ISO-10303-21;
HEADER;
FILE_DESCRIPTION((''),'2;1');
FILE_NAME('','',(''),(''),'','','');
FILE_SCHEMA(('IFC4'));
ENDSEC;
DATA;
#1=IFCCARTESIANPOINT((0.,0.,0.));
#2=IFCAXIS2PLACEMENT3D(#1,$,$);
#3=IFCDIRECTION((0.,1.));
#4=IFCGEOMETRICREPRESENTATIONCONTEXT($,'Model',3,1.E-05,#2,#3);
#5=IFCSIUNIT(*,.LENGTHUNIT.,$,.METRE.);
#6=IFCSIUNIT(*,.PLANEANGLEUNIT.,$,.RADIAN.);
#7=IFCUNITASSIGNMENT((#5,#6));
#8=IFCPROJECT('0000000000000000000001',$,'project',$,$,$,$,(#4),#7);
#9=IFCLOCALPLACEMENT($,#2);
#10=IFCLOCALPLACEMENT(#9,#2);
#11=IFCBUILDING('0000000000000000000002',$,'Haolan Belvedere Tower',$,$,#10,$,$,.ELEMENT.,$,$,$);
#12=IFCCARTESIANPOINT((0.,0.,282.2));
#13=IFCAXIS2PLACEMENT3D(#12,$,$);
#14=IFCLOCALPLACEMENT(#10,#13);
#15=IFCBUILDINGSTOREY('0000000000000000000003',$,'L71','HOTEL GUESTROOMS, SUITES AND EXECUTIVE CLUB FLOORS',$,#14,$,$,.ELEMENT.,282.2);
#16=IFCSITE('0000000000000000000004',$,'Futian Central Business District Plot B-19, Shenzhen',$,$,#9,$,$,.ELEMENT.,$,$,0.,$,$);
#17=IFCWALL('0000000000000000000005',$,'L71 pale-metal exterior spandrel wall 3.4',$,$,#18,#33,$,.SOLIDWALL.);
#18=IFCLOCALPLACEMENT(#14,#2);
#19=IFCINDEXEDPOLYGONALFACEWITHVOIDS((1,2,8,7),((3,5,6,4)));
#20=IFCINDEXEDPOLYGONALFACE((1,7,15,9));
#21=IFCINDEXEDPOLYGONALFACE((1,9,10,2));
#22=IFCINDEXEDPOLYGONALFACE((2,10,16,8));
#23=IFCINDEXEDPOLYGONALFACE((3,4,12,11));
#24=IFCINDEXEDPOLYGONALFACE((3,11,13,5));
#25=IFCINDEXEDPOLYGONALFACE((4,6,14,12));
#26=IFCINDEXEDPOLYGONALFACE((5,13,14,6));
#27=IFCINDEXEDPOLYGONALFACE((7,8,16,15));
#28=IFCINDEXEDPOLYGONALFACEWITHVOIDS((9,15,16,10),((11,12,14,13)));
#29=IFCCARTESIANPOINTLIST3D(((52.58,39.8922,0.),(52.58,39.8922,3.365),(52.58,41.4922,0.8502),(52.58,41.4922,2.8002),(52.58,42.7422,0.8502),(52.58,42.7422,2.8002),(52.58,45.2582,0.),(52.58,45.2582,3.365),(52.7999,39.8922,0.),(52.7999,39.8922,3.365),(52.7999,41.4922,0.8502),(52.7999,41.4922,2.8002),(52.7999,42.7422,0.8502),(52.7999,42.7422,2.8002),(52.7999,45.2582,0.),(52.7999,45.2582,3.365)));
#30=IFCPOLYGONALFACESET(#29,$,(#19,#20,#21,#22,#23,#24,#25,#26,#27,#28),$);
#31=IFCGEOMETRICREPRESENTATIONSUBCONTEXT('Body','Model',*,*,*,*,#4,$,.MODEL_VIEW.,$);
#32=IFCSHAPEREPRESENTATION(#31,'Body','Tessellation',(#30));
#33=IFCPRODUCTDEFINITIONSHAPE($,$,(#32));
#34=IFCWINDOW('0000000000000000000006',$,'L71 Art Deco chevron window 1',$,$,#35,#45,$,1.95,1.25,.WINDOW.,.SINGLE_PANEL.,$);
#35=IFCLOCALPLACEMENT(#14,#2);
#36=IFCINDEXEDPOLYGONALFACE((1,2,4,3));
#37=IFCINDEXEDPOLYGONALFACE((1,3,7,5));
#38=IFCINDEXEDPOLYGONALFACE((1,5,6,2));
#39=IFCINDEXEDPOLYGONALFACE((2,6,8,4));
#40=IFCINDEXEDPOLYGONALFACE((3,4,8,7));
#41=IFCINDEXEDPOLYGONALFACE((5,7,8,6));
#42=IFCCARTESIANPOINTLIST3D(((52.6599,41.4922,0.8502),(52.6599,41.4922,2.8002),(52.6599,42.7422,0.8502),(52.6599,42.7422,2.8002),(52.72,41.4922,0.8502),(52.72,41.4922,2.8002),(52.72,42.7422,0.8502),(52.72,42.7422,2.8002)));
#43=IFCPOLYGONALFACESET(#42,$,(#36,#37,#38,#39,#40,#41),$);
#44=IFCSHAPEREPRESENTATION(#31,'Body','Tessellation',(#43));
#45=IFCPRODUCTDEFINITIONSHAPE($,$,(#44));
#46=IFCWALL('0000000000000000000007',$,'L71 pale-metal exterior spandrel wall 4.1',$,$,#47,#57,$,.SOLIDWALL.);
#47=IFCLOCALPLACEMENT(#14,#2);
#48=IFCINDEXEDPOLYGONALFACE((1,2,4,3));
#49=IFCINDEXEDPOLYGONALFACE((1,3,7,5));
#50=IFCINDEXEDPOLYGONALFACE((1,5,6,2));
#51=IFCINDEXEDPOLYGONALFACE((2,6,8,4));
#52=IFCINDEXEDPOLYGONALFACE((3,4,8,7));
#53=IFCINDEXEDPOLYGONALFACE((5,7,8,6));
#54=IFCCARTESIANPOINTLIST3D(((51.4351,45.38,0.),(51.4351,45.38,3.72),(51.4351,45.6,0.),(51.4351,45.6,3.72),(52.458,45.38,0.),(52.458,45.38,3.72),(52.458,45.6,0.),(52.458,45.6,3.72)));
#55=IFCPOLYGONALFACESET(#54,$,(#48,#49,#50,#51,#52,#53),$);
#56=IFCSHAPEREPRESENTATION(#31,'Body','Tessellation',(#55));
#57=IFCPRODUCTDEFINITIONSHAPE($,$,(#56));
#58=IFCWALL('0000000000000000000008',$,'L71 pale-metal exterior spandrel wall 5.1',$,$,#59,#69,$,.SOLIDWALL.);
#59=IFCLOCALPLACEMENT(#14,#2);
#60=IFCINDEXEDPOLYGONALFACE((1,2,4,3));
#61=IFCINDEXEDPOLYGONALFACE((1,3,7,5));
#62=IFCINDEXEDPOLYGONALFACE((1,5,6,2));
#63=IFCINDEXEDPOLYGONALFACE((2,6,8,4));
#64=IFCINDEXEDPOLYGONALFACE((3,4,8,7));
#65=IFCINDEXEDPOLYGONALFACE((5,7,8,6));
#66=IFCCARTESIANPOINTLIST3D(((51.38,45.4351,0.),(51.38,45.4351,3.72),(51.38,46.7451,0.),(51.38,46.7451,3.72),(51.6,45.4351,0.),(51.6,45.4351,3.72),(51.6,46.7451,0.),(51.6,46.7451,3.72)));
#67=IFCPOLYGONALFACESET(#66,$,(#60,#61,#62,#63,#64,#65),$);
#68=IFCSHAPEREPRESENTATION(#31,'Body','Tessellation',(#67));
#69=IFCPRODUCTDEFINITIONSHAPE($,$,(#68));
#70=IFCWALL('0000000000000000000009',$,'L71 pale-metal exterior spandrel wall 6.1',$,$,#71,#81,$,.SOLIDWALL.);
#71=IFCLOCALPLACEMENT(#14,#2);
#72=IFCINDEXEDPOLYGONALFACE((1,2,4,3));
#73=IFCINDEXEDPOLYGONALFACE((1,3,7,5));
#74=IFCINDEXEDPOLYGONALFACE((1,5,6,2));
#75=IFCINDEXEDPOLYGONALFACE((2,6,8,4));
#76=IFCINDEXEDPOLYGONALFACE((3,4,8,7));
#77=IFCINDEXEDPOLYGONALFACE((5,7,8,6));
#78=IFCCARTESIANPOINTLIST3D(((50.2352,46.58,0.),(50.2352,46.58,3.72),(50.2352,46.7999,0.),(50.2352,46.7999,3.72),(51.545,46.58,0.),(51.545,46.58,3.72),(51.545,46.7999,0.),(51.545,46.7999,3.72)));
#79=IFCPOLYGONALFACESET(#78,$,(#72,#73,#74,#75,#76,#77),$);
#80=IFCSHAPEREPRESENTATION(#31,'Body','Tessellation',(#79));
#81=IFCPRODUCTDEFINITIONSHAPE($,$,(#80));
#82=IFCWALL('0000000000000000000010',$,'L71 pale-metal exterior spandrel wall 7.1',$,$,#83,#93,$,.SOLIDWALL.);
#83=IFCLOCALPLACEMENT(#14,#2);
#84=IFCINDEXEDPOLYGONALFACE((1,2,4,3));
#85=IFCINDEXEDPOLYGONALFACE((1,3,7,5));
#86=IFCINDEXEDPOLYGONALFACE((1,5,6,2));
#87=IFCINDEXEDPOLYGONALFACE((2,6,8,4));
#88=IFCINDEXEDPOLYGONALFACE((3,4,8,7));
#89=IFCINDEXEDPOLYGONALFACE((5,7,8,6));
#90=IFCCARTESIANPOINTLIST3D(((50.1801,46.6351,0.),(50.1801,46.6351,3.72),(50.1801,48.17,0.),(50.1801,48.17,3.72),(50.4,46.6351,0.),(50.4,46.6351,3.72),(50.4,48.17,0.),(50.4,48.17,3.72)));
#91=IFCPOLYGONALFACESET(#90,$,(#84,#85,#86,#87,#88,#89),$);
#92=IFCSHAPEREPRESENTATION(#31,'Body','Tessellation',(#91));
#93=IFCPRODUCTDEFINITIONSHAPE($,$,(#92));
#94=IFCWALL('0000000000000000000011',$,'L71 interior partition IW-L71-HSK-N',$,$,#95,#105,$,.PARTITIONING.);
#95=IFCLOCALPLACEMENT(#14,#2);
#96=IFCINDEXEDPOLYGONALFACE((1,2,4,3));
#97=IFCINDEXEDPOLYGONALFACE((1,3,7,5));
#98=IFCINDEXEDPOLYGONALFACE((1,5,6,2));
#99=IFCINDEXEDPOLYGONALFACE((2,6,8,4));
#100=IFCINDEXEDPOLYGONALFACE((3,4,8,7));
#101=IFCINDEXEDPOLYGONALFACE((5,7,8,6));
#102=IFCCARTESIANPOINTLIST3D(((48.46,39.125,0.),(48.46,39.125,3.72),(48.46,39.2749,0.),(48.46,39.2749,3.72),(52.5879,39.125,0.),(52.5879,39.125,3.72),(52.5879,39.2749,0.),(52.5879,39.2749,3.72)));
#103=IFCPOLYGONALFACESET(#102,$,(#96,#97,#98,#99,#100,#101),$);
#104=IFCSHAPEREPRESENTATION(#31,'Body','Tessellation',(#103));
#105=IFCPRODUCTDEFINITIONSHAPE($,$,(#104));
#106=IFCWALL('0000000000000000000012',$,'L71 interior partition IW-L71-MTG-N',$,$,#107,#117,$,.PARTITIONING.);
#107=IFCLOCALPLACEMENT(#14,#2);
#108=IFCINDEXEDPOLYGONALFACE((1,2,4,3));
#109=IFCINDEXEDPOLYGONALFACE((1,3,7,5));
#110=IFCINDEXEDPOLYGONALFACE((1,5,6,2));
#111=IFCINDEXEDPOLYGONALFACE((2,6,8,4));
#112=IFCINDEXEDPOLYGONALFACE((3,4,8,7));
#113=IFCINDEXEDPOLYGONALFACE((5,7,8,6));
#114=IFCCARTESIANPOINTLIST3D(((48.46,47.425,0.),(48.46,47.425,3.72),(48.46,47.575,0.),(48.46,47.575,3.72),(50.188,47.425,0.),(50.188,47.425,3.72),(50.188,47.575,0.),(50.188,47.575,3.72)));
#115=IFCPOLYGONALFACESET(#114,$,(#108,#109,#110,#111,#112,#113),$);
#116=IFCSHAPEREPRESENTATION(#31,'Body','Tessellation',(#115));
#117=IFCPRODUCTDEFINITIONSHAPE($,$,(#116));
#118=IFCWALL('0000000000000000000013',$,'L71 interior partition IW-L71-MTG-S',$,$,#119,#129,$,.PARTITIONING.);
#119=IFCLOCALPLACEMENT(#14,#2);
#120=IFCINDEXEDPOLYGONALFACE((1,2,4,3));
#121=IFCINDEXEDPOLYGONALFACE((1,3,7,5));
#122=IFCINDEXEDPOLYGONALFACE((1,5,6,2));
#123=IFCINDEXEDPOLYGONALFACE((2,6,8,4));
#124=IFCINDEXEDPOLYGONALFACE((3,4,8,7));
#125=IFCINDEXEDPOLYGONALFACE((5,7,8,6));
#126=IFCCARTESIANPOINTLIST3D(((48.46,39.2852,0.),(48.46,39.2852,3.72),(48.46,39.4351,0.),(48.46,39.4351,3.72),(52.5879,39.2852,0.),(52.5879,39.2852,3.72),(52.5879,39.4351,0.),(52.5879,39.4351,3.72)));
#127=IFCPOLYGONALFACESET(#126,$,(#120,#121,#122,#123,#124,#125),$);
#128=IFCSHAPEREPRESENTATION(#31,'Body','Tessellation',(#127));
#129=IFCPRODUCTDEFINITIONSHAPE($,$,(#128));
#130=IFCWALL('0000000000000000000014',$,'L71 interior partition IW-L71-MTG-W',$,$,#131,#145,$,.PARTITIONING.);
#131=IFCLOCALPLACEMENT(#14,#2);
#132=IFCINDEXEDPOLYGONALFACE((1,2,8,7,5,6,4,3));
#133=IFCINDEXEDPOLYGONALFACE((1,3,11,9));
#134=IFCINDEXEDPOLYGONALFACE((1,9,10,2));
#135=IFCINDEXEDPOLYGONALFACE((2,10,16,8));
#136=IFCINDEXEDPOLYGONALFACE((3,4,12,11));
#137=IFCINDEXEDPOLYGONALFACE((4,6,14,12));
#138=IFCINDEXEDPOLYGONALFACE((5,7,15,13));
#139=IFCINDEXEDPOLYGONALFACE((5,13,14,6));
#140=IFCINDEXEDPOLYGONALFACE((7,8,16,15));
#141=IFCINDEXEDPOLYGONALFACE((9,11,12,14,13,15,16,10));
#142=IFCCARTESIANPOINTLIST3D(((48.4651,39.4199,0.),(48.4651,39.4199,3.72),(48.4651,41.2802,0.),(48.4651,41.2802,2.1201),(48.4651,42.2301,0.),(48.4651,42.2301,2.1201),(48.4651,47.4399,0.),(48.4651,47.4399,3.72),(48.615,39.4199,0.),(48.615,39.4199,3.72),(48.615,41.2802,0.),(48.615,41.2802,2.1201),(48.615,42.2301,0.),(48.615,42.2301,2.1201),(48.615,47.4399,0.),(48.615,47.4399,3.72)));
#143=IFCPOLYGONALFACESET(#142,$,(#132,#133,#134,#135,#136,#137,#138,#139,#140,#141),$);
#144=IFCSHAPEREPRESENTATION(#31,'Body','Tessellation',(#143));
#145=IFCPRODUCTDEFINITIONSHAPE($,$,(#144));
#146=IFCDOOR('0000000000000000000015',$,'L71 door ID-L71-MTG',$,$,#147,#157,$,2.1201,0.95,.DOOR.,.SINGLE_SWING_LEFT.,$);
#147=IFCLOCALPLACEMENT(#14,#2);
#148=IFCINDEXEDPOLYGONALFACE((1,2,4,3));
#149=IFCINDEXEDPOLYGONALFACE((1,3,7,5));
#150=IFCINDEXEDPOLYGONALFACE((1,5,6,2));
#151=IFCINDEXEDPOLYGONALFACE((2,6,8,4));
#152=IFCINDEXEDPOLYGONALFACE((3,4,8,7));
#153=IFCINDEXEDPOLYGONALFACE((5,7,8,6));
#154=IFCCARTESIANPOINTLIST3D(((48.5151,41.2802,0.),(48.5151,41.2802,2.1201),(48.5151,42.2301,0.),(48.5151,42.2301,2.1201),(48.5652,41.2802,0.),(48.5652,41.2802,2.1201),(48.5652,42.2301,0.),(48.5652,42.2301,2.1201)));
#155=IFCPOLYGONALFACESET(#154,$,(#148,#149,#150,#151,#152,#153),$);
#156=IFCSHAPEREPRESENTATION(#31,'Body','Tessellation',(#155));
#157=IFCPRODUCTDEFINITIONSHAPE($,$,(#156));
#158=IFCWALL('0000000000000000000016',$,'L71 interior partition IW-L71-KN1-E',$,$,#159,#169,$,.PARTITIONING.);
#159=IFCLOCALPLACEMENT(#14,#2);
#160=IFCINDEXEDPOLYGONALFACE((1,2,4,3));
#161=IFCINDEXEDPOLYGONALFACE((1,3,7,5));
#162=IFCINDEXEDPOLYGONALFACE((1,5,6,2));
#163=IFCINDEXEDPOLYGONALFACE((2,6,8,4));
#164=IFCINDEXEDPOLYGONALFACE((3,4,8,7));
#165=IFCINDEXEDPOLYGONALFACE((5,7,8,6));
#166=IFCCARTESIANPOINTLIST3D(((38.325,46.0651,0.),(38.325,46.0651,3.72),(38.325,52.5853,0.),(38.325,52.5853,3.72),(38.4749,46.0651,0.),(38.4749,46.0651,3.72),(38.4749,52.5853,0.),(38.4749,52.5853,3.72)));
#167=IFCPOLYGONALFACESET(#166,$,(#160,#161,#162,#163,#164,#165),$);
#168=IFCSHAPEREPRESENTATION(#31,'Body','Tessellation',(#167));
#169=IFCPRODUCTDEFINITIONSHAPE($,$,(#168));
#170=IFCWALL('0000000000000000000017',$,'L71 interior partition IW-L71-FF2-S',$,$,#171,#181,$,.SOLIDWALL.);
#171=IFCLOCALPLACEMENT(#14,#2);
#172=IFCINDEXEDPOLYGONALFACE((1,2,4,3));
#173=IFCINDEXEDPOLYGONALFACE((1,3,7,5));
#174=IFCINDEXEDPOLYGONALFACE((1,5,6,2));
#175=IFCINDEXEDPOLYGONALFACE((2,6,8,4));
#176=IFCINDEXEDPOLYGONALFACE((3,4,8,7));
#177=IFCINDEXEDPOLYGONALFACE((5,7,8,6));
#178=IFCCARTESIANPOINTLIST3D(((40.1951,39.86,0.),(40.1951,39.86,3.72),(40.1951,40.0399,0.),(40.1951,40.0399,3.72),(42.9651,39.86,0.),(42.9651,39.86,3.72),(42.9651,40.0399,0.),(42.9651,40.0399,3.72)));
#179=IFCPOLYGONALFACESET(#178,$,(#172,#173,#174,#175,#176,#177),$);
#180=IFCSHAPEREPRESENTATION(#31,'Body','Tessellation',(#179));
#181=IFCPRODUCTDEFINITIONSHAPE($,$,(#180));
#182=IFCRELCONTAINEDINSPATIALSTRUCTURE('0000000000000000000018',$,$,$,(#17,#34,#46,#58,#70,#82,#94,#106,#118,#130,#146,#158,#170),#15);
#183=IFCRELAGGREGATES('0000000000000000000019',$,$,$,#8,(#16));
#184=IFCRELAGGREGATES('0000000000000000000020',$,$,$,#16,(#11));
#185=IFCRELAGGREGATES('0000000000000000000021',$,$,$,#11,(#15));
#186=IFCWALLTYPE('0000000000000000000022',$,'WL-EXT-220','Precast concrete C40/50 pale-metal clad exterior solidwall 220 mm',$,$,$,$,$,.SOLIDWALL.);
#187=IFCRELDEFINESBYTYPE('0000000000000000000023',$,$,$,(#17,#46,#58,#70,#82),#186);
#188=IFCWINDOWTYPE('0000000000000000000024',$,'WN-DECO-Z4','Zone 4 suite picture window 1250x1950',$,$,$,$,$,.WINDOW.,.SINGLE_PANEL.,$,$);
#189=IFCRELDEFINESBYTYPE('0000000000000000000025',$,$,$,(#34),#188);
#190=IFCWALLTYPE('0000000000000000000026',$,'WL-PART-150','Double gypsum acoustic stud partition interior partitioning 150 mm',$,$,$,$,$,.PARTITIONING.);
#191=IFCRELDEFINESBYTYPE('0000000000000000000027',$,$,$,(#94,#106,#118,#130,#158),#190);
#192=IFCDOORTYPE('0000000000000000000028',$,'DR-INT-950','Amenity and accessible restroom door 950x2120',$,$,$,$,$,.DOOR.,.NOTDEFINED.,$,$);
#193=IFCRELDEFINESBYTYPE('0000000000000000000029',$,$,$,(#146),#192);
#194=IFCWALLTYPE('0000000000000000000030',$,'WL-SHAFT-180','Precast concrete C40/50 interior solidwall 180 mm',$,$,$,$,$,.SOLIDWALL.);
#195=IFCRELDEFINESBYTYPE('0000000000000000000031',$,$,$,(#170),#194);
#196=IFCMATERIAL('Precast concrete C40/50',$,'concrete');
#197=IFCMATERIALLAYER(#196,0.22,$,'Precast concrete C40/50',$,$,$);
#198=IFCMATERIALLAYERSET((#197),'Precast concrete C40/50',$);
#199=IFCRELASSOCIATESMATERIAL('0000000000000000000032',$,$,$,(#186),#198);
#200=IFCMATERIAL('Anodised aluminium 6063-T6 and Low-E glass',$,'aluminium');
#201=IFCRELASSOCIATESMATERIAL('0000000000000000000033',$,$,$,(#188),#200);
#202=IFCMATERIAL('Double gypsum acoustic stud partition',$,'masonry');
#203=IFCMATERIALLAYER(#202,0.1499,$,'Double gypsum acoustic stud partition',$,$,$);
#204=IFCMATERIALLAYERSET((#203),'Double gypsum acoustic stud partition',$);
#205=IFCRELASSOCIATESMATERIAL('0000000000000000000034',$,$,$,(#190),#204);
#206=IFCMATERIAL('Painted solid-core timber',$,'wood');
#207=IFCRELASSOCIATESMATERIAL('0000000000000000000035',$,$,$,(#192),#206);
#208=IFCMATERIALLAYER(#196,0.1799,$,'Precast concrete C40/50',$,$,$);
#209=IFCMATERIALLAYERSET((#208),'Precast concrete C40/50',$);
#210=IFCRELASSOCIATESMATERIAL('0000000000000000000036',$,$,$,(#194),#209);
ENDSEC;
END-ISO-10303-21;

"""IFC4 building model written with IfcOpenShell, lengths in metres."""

from ifc_helpers import new_model, si_unit, direction, frame, frame_2d, origin, place, context, subcontext, project, spatial, rectangle, extrude, material, layer, layer_set, type_object, element, fill, save


model = new_model("IFC4")

# Units and contexts
model_context = context("Model", 3, precision=1e-05, world=origin(), true_north=direction((0.0, 1.0)))
body_context = subcontext(model_context, "Body", "Model", "MODEL_VIEW")
ifc_project = project(units=[si_unit("LENGTHUNIT", "METRE"), si_unit("PLANEANGLEUNIT", "RADIAN")], contexts=[model_context])

# Site, building, storey
site_placement = place(None, origin())
site = spatial("IfcSite", under=ifc_project, at=site_placement, Name="Futian Central Business District Plot B-19, Shenzhen", CompositionType="ELEMENT", RefElevation=0.0)
building_placement = place(site_placement, origin())
building = spatial("IfcBuilding", under=site, at=building_placement, Name="Haolan Belvedere Tower", CompositionType="ELEMENT")
storey_placement = place(building_placement, frame((0.0, 0.0, 282.2)))
storey = spatial("IfcBuildingStorey", under=building, at=storey_placement, Name="L71", Description="HOTEL GUESTROOMS, SUITES AND EXECUTIVE CLUB FLOORS", CompositionType="ELEMENT", Elevation=282.2)

# Wall, opening, window
ifc_material_1 = material(Name="Precast concrete C40/50", Category="concrete")
ifc_layer_1 = layer(ifc_material_1, 0.22, Name="Precast concrete C40/50")
ifc_layer_set_1 = layer_set([ifc_layer_1], Name="Precast concrete C40/50")
wall_type_1 = type_object("IfcWallType", Name="WL-EXT-220", Description="Precast concrete C40/50 pale-metal clad exterior solidwall 220 mm", PredefinedType="SOLIDWALL", material=ifc_layer_set_1)
wall_1_placement = place(storey_placement, frame((52.6899, 39.8921, 0.0), z_axis=(0.0, 0.0, 1.0), x_axis=(0.0, 1.0, 0.0)))
wall_1 = element("IfcWall", 1, at=wall_1_placement, inside=storey, type_object=wall_type_1, Name="L71 pale-metal exterior spandrel wall 3.4", PredefinedType="SOLIDWALL", context=body_context, shape_type="SweptSolid", body=[
    extrude(rectangle(XDim=5.366, YDim=0.22, at=frame_2d((2.6831, 0.0))), origin(), (0.0, 0.0, 1.0), 3.365),
])
opening_1_placement = place(wall_1_placement, frame((1.6001, 0.0, 0.8501)))
opening_1 = element("IfcOpeningElement", 2, at=opening_1_placement, cuts=wall_1, PredefinedType="OPENING", context=body_context, shape_type="SweptSolid", body=[
    extrude(rectangle(XDim=1.25, YDim=1.95, at=frame_2d((0.625, 0.9751))), frame((0.0, 0.1199, 0.0), z_axis=(0.0, -1.0, 0.0), x_axis=(1.0, 0.0, 0.0)), (0.0, 0.0, 1.0), 0.24),
])
ifc_material_2 = material(Name="Anodised aluminium 6063-T6 and Low-E glass", Category="aluminium")
window_type = type_object("IfcWindowType", Name="WN-DECO-Z4", Description="Zone 4 suite picture window 1250x1950", PartitioningType="SINGLE_PANEL", PredefinedType="WINDOW", material=ifc_material_2)
window_placement = place(opening_1_placement, origin())
window = element("IfcWindow", 3, at=window_placement, inside=storey, type_object=window_type, Name="L71 Art Deco chevron window 1", OverallHeight=1.95, OverallWidth=1.25, PartitioningType="SINGLE_PANEL", PredefinedType="WINDOW", context=body_context, shape_type="SweptSolid", body=[
    extrude(rectangle(XDim=1.25, YDim=1.95, at=frame_2d((0.625, 0.9751))), frame((0.0, 0.03, 0.0), z_axis=(0.0, -1.0, 0.0), x_axis=(1.0, 0.0, 0.0)), (0.0, 0.0, 1.0), 0.0601),
])
fill(opening_1, window)

# Walls
wall_2_placement = place(storey_placement, frame((52.458, 45.49, 0.0), z_axis=(0.0, 0.0, 1.0), x_axis=(-1.0, 0.0, 0.0)))
element("IfcWall", 4, at=wall_2_placement, inside=storey, type_object=wall_type_1, Name="L71 pale-metal exterior spandrel wall 4.1", PredefinedType="SOLIDWALL", context=body_context, shape_type="SweptSolid", body=[
    extrude(rectangle(XDim=1.0229, YDim=0.22, at=frame_2d((0.5115, 0.0))), origin(), (0.0, 0.0, 1.0), 3.72),
])
wall_3_placement = place(storey_placement, frame((51.49, 45.4351, 0.0), z_axis=(0.0, 0.0, 1.0), x_axis=(0.0, 1.0, 0.0)))
element("IfcWall", 5, at=wall_3_placement, inside=storey, type_object=wall_type_1, Name="L71 pale-metal exterior spandrel wall 5.1", PredefinedType="SOLIDWALL", context=body_context, shape_type="SweptSolid", body=[
    extrude(rectangle(XDim=1.3101, YDim=0.22, at=frame_2d((0.655, 0.0))), origin(), (0.0, 0.0, 1.0), 3.72),
])
wall_4_placement = place(storey_placement, frame((51.5449, 46.6899, 0.0), z_axis=(0.0, 0.0, 1.0), x_axis=(-1.0, 0.0, 0.0)))
element("IfcWall", 6, at=wall_4_placement, inside=storey, type_object=wall_type_1, Name="L71 pale-metal exterior spandrel wall 6.1", PredefinedType="SOLIDWALL", context=body_context, shape_type="SweptSolid", body=[
    extrude(rectangle(XDim=1.3098, YDim=0.22, at=frame_2d((0.6548, 0.0))), origin(), (0.0, 0.0, 1.0), 3.72),
])
wall_5_placement = place(storey_placement, frame((50.29, 46.635, 0.0), z_axis=(0.0, 0.0, 1.0), x_axis=(0.0, 1.0, 0.0)))
element("IfcWall", 7, at=wall_5_placement, inside=storey, type_object=wall_type_1, Name="L71 pale-metal exterior spandrel wall 7.1", PredefinedType="SOLIDWALL", context=body_context, shape_type="SweptSolid", body=[
    extrude(rectangle(XDim=1.5349, YDim=0.22, at=frame_2d((0.7676, 0.0))), origin(), (0.0, 0.0, 1.0), 3.72),
])

# Walls
ifc_material_3 = material(Name="Double gypsum acoustic stud partition", Category="masonry")
ifc_layer_2 = layer(ifc_material_3, 0.1499, Name="Double gypsum acoustic stud partition")
ifc_layer_set_2 = layer_set([ifc_layer_2], Name="Double gypsum acoustic stud partition")
wall_type_2 = type_object("IfcWallType", Name="WL-PART-150", Description="Double gypsum acoustic stud partition interior partitioning 150 mm", PredefinedType="PARTITIONING", material=ifc_layer_set_2)
wall_6_placement = place(storey_placement, frame((48.46, 39.2, 0.0), z_axis=(0.0, 0.0, 1.0), x_axis=(1.0, 0.0, 0.0)))
element("IfcWall", 8, at=wall_6_placement, inside=storey, type_object=wall_type_2, Name="L71 interior partition IW-L71-HSK-N", PredefinedType="PARTITIONING", context=body_context, shape_type="SweptSolid", body=[
    extrude(rectangle(XDim=4.1279, YDim=0.1499, at=frame_2d((2.064, 0.0))), origin(), (0.0, 0.0, 1.0), 3.72),
])
wall_7_placement = place(storey_placement, frame((48.46, 47.5, 0.0), z_axis=(0.0, 0.0, 1.0), x_axis=(1.0, 0.0, 0.0)))
element("IfcWall", 9, at=wall_7_placement, inside=storey, type_object=wall_type_2, Name="L71 interior partition IW-L71-MTG-N", PredefinedType="PARTITIONING", context=body_context, shape_type="SweptSolid", body=[
    extrude(rectangle(XDim=1.728, YDim=0.1499, at=frame_2d((0.864, 0.0))), origin(), (0.0, 0.0, 1.0), 3.72),
])
wall_8_placement = place(storey_placement, frame((48.46, 39.3601, 0.0), z_axis=(0.0, 0.0, 1.0), x_axis=(1.0, 0.0, 0.0)))
element("IfcWall", 10, at=wall_8_placement, inside=storey, type_object=wall_type_2, Name="L71 interior partition IW-L71-MTG-S", PredefinedType="PARTITIONING", context=body_context, shape_type="SweptSolid", body=[
    extrude(rectangle(XDim=4.1279, YDim=0.1499, at=frame_2d((2.064, 0.0))), origin(), (0.0, 0.0, 1.0), 3.72),
])

# Wall, opening, door
wall_9_placement = place(storey_placement, frame((48.54, 39.4199, 0.0), z_axis=(0.0, 0.0, 1.0), x_axis=(0.0, 1.0, 0.0)))
wall_9 = element("IfcWall", 11, at=wall_9_placement, inside=storey, type_object=wall_type_2, Name="L71 interior partition IW-L71-MTG-W", PredefinedType="PARTITIONING", context=body_context, shape_type="SweptSolid", body=[
    extrude(rectangle(XDim=8.02, YDim=0.1499, at=frame_2d((4.01, 0.0))), origin(), (0.0, 0.0, 1.0), 3.72),
])
opening_2_placement = place(wall_9_placement, frame((1.8601, 0.0, 0.0)))
opening_2 = element("IfcOpeningElement", 12, at=opening_2_placement, cuts=wall_9, PredefinedType="OPENING", context=body_context, shape_type="SweptSolid", body=[
    extrude(rectangle(XDim=0.95, YDim=2.1201, at=frame_2d((0.4751, 1.0601))), frame((0.0, 0.085, 0.0), z_axis=(0.0, -1.0, 0.0), x_axis=(1.0, 0.0, 0.0)), (0.0, 0.0, 1.0), 0.1699),
])
ifc_material_4 = material(Name="Painted solid-core timber", Category="wood")
door_type_1 = type_object("IfcDoorType", Name="DR-INT-950", Description="Amenity and accessible restroom door 950x2120", OperationType="NOTDEFINED", PredefinedType="DOOR", material=ifc_material_4)
door_1_placement = place(opening_2_placement, origin())
door_1 = element("IfcDoor", 13, at=door_1_placement, inside=storey, type_object=door_type_1, Name="L71 door ID-L71-MTG", OperationType="SINGLE_SWING_LEFT", OverallHeight=2.1201, OverallWidth=0.95, PredefinedType="DOOR", context=body_context, shape_type="SweptSolid", body=[
    extrude(rectangle(XDim=0.95, YDim=2.1201, at=frame_2d((0.4751, 1.0601))), frame((0.0, 0.0249, 0.0), z_axis=(0.0, -1.0, 0.0), x_axis=(1.0, 0.0, 0.0)), (0.0, 0.0, 1.0), 0.05),
])
fill(opening_2, door_1)

# Wall
wall_10_placement = place(storey_placement, frame((38.3999, 46.0649, 0.0), z_axis=(0.0, 0.0, 1.0), x_axis=(0.0, 1.0, 0.0)))
element("IfcWall", 14, at=wall_10_placement, inside=storey, type_object=wall_type_2, Name="L71 interior partition IW-L71-KN1-E", PredefinedType="PARTITIONING", context=body_context, shape_type="SweptSolid", body=[
    extrude(rectangle(XDim=6.5203, YDim=0.1499, at=frame_2d((3.2603, 0.0))), origin(), (0.0, 0.0, 1.0), 3.72),
])

# Wall
ifc_layer_3 = layer(ifc_material_1, 0.1799, Name="Precast concrete C40/50")
ifc_layer_set_3 = layer_set([ifc_layer_3], Name="Precast concrete C40/50")
wall_type_3 = type_object("IfcWallType", Name="WL-SHAFT-180", Description="Precast concrete C40/50 interior solidwall 180 mm", PredefinedType="SOLIDWALL", material=ifc_layer_set_3)
wall_11_placement = place(storey_placement, frame((40.1951, 39.95, 0.0), z_axis=(0.0, 0.0, 1.0), x_axis=(1.0, 0.0, 0.0)))
element("IfcWall", 15, at=wall_11_placement, inside=storey, type_object=wall_type_3, Name="L71 interior partition IW-L71-FF2-S", PredefinedType="SOLIDWALL", context=body_context, shape_type="SweptSolid", body=[
    extrude(rectangle(XDim=2.77, YDim=0.1799, at=frame_2d((1.385, 0.0))), origin(), (0.0, 0.0, 1.0), 3.72),
])

save(model, "model.ifc")
